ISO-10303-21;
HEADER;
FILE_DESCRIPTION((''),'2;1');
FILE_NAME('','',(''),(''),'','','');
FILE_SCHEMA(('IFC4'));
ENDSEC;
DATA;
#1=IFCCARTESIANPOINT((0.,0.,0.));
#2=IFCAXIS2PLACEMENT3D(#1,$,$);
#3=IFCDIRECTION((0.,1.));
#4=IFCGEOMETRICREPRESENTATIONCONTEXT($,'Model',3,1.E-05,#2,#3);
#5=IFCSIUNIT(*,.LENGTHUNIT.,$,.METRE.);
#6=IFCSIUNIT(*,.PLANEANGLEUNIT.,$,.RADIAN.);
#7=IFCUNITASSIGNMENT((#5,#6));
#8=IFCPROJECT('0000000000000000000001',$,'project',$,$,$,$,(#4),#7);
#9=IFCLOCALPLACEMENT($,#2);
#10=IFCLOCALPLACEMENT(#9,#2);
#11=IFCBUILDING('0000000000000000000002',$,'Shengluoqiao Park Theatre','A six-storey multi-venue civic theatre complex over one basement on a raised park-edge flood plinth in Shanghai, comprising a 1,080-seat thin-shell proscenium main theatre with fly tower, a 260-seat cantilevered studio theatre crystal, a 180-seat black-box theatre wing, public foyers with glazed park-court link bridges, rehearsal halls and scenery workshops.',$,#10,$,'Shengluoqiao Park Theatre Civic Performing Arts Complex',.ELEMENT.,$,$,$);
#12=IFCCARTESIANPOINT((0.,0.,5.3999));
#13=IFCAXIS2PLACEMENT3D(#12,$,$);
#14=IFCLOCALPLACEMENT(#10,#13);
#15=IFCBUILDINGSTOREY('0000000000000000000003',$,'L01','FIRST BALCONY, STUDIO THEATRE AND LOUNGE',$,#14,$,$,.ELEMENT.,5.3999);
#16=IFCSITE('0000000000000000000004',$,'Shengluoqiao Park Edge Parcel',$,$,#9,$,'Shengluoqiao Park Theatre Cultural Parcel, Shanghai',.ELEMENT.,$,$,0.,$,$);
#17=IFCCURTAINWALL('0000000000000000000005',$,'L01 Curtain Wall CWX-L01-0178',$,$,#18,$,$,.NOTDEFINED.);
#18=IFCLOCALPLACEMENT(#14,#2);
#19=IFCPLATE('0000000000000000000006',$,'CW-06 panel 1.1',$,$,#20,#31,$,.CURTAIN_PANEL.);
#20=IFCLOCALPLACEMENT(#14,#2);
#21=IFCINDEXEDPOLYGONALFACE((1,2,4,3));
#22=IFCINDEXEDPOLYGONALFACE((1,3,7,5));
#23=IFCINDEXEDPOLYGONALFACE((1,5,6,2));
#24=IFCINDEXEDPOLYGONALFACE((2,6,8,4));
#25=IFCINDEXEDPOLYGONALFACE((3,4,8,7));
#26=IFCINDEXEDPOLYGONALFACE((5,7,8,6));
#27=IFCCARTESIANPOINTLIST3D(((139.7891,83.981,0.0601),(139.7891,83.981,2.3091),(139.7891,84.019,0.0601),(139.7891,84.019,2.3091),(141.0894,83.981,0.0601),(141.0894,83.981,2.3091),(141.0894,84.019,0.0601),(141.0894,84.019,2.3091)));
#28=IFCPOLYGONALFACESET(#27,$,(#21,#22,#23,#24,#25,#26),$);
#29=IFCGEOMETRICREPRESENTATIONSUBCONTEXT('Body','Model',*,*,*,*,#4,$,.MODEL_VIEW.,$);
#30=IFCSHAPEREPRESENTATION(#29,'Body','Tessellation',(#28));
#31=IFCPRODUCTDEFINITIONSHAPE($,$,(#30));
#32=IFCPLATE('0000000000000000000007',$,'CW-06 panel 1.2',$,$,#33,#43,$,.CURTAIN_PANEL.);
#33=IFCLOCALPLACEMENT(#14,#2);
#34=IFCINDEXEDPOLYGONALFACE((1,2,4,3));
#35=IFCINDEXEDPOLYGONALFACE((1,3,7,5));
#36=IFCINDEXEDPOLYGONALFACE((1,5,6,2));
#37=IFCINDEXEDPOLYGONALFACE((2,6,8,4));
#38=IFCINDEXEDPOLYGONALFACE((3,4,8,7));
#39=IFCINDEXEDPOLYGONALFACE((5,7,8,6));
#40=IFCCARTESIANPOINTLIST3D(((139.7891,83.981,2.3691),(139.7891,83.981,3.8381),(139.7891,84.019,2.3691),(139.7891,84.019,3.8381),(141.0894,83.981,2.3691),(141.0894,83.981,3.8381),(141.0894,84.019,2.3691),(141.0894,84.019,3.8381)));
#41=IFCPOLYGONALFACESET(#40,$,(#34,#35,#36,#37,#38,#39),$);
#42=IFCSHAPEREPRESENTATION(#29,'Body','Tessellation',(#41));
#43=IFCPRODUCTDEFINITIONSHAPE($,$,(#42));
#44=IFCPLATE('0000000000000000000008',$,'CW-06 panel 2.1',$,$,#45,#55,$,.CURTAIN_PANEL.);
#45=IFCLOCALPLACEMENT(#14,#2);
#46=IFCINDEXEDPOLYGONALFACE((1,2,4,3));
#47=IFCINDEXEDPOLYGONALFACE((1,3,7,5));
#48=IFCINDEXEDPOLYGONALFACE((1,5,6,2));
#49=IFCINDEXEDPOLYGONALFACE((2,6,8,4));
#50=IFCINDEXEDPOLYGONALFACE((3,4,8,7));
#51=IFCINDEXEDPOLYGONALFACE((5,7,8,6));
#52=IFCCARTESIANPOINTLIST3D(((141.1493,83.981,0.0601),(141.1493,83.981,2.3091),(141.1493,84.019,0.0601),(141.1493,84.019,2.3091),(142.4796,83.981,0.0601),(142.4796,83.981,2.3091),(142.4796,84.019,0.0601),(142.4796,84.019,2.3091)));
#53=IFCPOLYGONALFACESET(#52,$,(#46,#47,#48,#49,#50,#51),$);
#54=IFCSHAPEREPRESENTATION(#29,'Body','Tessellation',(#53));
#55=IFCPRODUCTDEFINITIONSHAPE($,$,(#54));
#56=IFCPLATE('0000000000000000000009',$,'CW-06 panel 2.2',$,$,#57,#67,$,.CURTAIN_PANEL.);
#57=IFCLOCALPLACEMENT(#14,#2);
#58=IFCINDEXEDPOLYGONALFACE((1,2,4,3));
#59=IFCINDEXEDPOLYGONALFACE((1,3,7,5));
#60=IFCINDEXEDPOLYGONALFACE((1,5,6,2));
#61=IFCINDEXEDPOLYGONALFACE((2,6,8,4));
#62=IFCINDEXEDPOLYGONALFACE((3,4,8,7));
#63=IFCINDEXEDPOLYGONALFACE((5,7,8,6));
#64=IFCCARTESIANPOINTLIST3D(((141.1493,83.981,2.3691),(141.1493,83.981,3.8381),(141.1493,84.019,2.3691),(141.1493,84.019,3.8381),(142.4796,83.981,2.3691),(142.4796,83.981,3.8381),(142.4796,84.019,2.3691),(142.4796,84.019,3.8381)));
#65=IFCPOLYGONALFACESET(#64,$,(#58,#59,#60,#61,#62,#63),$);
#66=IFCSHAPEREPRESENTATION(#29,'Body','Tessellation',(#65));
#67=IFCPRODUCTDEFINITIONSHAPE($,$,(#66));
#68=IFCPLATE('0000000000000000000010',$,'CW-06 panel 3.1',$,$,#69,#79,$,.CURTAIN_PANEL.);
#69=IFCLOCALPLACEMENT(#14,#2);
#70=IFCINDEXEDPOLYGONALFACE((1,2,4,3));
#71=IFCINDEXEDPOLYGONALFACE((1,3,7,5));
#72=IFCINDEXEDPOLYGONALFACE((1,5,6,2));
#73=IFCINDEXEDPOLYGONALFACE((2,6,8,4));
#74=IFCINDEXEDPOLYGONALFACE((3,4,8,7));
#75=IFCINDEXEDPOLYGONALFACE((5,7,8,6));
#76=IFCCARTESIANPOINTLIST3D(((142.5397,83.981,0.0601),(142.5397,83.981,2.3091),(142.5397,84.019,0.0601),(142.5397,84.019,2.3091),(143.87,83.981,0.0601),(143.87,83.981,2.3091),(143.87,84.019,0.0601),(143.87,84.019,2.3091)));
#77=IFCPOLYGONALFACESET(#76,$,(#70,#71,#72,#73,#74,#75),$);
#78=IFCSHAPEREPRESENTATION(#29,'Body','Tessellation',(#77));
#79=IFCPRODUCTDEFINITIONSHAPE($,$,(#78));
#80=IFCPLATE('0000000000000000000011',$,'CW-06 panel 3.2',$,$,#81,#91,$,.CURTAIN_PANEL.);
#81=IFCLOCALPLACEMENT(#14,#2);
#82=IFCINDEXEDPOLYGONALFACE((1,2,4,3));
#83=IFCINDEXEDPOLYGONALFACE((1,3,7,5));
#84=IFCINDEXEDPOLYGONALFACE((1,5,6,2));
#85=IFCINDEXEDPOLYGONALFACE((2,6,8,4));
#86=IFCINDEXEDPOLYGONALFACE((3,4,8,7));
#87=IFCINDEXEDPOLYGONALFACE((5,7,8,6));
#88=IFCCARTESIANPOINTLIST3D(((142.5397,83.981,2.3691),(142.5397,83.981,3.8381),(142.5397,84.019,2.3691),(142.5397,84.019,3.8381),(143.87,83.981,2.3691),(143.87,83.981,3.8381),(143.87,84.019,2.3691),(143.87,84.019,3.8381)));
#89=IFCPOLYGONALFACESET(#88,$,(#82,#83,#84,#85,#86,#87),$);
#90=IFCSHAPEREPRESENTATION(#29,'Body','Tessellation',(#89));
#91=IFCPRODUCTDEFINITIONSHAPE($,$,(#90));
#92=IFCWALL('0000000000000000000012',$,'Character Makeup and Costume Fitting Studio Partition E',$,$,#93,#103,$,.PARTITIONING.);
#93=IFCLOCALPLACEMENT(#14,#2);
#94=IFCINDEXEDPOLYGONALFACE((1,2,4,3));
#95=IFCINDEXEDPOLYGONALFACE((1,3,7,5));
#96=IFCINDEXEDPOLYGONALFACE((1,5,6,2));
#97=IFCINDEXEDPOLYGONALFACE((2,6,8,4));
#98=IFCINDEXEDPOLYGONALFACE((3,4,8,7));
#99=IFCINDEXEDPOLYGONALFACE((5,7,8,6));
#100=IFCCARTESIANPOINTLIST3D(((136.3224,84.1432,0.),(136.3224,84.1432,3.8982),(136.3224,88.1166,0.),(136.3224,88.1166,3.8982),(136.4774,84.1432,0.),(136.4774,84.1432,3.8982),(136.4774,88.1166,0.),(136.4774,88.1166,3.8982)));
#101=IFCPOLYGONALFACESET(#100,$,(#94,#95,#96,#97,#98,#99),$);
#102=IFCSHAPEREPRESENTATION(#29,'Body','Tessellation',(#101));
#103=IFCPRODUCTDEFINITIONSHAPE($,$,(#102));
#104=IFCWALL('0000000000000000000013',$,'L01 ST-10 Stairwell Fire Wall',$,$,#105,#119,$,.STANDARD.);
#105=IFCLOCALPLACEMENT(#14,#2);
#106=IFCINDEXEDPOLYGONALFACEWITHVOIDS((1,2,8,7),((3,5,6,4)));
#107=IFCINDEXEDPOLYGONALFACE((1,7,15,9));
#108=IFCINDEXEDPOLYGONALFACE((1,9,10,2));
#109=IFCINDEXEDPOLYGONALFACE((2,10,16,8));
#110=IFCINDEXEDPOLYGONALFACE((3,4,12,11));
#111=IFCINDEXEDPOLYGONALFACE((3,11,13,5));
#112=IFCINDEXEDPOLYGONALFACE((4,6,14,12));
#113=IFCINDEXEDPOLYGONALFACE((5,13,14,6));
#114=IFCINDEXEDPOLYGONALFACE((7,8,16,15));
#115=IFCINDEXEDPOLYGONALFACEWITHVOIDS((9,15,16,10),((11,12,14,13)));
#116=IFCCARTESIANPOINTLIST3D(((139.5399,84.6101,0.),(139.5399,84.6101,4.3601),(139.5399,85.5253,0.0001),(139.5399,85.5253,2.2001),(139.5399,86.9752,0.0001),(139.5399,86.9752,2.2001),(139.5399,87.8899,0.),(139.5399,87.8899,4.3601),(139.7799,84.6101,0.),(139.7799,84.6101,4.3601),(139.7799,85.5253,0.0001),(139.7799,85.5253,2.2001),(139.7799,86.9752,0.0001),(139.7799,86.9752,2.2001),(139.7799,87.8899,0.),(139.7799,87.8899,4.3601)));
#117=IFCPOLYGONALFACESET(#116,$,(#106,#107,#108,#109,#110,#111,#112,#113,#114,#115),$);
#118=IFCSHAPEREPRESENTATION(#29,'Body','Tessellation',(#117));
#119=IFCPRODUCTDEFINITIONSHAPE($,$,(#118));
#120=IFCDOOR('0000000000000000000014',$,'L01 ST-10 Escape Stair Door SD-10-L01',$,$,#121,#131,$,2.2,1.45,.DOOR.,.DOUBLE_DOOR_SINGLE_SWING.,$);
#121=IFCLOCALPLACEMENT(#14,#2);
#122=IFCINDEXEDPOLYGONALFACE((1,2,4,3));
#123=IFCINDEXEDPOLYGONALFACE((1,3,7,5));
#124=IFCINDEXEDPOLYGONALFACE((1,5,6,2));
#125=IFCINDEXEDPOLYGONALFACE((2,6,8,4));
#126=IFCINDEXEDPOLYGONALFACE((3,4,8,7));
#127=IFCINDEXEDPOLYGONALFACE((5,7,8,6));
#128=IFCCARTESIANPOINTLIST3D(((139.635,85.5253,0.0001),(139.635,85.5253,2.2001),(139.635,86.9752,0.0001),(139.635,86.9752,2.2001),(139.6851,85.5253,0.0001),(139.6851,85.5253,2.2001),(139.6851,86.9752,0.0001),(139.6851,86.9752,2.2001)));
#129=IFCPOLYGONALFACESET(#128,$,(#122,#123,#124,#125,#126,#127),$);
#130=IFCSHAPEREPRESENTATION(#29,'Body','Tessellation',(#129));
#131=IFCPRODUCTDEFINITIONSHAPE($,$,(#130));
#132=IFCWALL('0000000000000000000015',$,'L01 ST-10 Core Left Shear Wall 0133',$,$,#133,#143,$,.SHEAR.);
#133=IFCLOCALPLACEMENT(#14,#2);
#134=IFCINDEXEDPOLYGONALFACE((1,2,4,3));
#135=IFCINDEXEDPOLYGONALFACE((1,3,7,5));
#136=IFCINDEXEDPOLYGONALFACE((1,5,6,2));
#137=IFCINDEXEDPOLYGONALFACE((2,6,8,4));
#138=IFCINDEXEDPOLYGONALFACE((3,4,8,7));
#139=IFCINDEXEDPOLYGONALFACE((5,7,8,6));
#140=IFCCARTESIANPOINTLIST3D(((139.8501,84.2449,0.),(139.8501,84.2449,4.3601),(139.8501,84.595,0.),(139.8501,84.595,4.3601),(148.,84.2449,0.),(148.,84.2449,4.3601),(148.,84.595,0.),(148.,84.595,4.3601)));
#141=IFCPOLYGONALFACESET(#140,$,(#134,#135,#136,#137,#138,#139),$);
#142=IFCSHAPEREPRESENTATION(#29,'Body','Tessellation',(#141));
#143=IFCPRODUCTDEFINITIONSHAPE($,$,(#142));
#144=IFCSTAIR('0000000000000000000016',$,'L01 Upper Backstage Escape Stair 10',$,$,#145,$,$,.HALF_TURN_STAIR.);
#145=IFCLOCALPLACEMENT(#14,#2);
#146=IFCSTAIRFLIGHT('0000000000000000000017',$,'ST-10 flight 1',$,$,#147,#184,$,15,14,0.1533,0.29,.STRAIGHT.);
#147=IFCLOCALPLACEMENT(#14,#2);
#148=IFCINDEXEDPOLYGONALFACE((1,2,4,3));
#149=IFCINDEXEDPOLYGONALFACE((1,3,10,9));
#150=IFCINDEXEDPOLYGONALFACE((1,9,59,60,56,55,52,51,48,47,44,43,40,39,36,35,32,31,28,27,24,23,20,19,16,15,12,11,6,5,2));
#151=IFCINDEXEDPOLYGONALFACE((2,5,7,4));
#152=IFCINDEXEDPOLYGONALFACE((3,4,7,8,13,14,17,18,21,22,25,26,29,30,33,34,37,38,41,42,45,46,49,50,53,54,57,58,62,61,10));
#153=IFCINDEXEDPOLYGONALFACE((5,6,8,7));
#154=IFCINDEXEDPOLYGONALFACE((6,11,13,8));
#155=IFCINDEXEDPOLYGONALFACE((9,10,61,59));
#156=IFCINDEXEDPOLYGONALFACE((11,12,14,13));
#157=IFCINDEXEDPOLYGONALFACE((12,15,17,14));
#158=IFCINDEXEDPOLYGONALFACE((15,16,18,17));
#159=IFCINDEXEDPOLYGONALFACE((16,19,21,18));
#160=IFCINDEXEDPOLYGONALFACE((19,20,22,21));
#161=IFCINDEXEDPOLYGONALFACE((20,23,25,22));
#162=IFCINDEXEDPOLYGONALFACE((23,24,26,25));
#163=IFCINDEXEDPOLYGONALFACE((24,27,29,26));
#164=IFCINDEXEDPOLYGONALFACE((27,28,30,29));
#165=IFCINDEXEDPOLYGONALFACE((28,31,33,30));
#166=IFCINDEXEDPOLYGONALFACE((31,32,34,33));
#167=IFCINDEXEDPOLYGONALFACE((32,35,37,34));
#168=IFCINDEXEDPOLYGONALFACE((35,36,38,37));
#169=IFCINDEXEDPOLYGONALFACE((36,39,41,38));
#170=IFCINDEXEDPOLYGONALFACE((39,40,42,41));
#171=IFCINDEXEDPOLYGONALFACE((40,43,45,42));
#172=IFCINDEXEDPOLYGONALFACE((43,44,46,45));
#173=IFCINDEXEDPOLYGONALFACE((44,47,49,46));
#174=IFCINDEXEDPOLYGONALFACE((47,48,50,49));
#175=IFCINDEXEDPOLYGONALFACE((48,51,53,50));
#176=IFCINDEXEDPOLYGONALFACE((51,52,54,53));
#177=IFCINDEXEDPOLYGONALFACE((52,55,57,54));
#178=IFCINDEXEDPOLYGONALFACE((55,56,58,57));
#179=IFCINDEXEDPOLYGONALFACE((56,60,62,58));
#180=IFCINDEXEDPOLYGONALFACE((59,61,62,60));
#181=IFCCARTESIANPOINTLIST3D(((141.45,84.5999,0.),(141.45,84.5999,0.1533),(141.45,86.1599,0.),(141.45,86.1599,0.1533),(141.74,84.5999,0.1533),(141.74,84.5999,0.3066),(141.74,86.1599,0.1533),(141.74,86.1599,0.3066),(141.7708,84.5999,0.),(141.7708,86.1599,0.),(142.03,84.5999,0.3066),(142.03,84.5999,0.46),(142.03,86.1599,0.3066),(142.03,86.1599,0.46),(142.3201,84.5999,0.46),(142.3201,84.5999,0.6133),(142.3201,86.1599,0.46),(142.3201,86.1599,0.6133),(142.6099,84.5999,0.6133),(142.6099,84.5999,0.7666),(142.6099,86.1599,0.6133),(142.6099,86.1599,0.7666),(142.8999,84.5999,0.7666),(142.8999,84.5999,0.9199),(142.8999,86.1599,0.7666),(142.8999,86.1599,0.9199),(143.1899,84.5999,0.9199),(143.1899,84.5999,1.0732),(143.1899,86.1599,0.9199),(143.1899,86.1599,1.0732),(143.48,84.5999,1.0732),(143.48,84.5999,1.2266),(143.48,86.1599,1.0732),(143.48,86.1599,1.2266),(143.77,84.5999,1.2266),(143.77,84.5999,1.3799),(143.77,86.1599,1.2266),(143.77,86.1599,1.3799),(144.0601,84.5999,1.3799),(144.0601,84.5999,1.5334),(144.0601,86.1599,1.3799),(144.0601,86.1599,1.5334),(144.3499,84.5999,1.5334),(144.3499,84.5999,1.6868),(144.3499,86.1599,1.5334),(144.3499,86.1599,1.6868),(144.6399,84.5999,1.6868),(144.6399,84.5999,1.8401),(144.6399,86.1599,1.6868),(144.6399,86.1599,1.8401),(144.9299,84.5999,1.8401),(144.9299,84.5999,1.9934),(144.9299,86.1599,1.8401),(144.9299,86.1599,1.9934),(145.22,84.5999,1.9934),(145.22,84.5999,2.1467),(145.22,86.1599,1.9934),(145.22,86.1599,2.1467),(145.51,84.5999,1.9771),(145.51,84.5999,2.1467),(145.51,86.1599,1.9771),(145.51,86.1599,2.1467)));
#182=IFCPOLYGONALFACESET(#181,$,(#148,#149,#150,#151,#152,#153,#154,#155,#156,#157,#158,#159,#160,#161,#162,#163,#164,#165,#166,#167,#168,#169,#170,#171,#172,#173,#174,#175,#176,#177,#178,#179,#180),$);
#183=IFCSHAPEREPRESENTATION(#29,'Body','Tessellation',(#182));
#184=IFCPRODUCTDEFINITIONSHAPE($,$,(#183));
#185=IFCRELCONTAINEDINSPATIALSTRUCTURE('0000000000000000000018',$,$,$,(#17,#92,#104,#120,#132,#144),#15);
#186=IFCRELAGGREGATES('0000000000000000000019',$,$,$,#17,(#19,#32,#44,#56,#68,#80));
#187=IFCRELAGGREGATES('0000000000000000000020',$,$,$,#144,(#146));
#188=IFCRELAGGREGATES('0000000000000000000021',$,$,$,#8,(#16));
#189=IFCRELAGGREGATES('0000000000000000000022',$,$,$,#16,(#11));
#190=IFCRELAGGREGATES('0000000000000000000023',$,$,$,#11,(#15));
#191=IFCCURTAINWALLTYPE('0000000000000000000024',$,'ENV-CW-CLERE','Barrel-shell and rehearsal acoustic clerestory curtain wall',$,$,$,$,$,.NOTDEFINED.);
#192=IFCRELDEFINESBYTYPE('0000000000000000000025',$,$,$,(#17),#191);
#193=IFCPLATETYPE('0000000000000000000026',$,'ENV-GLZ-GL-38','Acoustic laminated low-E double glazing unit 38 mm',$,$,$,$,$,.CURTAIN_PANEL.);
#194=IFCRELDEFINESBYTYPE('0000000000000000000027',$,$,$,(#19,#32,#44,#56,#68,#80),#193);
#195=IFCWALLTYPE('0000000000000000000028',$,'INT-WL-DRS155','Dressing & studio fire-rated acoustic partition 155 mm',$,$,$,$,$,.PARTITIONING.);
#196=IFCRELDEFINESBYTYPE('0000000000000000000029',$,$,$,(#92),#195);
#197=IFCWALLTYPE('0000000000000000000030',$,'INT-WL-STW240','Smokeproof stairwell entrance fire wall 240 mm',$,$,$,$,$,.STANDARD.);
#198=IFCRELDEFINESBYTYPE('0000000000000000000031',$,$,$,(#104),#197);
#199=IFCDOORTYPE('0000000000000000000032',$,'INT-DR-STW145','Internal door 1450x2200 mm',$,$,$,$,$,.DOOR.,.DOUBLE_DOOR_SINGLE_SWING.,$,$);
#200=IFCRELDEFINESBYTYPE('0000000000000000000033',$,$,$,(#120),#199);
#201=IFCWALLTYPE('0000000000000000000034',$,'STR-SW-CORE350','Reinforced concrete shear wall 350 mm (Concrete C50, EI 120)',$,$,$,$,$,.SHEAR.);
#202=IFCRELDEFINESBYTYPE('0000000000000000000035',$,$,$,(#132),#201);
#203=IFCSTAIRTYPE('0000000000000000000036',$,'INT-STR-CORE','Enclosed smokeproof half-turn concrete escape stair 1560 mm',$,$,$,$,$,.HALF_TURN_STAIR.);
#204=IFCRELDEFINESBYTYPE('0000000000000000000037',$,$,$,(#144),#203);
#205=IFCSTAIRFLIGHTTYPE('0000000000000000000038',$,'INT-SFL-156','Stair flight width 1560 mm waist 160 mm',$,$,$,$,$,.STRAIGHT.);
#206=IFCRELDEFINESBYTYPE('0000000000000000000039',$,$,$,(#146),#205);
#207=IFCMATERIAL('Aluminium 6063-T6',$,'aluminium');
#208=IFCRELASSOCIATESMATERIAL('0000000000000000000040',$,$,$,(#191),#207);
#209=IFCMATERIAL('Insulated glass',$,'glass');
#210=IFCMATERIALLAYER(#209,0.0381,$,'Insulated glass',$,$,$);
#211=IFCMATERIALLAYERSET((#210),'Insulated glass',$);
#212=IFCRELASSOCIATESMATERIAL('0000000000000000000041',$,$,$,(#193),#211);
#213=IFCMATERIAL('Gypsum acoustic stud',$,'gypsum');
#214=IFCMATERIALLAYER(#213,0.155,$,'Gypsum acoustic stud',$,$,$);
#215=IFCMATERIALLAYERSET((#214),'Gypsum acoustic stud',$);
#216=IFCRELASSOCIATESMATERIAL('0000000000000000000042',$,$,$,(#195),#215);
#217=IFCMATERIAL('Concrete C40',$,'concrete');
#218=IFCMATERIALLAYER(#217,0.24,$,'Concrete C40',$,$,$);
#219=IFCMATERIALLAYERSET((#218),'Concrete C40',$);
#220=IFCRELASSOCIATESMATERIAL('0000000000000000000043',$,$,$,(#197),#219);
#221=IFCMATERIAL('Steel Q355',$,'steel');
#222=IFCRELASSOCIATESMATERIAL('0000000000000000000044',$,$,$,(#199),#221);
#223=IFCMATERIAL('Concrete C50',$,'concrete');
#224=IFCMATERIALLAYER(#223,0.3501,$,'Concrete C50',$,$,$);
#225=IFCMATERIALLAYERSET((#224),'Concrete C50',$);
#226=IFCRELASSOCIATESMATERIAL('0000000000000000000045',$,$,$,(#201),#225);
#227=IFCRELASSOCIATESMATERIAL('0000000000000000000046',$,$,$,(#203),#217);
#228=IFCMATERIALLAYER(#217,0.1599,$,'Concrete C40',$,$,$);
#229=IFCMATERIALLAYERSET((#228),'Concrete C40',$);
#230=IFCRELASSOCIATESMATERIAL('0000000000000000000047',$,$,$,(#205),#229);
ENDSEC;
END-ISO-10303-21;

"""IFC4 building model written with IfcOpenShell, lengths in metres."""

from ifc_helpers import new_model, si_unit, direction, frame, frame_2d, origin, origin_2d, place, context, subcontext, project, spatial, polyline, rectangle, outline, extrude, material, layer, layer_set, type_object, element, fill, aggregate, save


model = new_model("IFC4")

# Units and contexts
model_context = context("Model", 3, precision=1e-05, world=origin(), true_north=direction((0.0, 1.0)))
body_context = subcontext(model_context, "Body", "Model", "MODEL_VIEW")
ifc_project = project(units=[si_unit("LENGTHUNIT", "METRE"), si_unit("PLANEANGLEUNIT", "RADIAN")], contexts=[model_context])

# Site, building, storey
site_placement = place(None, origin())
site = spatial("IfcSite", under=ifc_project, at=site_placement, Name="Shengluoqiao Park Edge Parcel", LongName="Shengluoqiao Park Theatre Cultural Parcel, Shanghai", CompositionType="ELEMENT", RefElevation=0.0)
building_placement = place(site_placement, origin())
building = spatial("IfcBuilding", under=site, at=building_placement, Name="Shengluoqiao Park Theatre", Description="A six-storey multi-venue civic theatre complex over one basement on a raised park-edge flood plinth in Shanghai, comprising a 1,080-seat thin-shell proscenium main theatre with fly tower, a 260-seat cantilevered studio theatre crystal, a 180-seat black-box theatre wing, public foyers with glazed park-court link bridges, rehearsal halls and scenery workshops.", LongName="Shengluoqiao Park Theatre Civic Performing Arts Complex", CompositionType="ELEMENT")
storey_placement = place(building_placement, frame((0.0, 0.0, 5.3999)))
storey = spatial("IfcBuildingStorey", under=building, at=storey_placement, Name="L01", Description="FIRST BALCONY, STUDIO THEATRE AND LOUNGE", CompositionType="ELEMENT", Elevation=5.3999)

# Shared definitions
ifc_material_1 = material(Name="Concrete C40", Category="concrete")

# Curtain wall
ifc_material_2 = material(Name="Aluminium 6063-T6", Category="aluminium")
curtain_wall_type = type_object("IfcCurtainWallType", Name="ENV-CW-CLERE", Description="Barrel-shell and rehearsal acoustic clerestory curtain wall", PredefinedType="NOTDEFINED", material=ifc_material_2)
curtain_wall_placement = place(storey_placement, origin())
curtain_wall = element("IfcCurtainWall", 1, at=curtain_wall_placement, inside=storey, type_object=curtain_wall_type, Name="L01 Curtain Wall CWX-L01-0178", PredefinedType="NOTDEFINED")

# Shared definitions
ifc_material_3 = material(Name="Steel Q355", Category="steel")

# Plates
ifc_material_4 = material(Name="Insulated glass", Category="glass")
ifc_layer_1 = layer(ifc_material_4, 0.0381, Name="Insulated glass")
ifc_layer_set_1 = layer_set([ifc_layer_1], Name="Insulated glass")
plate_type = type_object("IfcPlateType", Name="ENV-GLZ-GL-38", Description="Acoustic laminated low-E double glazing unit 38 mm", PredefinedType="CURTAIN_PANEL", material=ifc_layer_set_1)
plate_1_placement = place(storey_placement, frame((140.4392, 84.0, 0.0601), z_axis=(0.0, 0.0, 1.0), x_axis=(1.0, 0.0, 0.0)))
plate_1 = element("IfcPlate", 2, at=plate_1_placement, type_object=plate_type, Name="CW-06 panel 1.1", PredefinedType="CURTAIN_PANEL", context=body_context, shape_type="SweptSolid", body=[
    extrude(rectangle(XDim=1.3003, YDim=0.0381, at=origin_2d()), origin(), (0.0, 0.0, 1.0), 2.249),
])
plate_2_placement = place(storey_placement, frame((140.4392, 84.0, 2.3691), z_axis=(0.0, 0.0, 1.0), x_axis=(1.0, 0.0, 0.0)))
plate_2 = element("IfcPlate", 3, at=plate_2_placement, type_object=plate_type, Name="CW-06 panel 1.2", PredefinedType="CURTAIN_PANEL", context=body_context, shape_type="SweptSolid", body=[
    extrude(rectangle(XDim=1.3003, YDim=0.0381, at=origin_2d()), origin(), (0.0, 0.0, 1.0), 1.469),
])
plate_3_placement = place(storey_placement, frame((141.8145, 84.0, 0.0601), z_axis=(0.0, 0.0, 1.0), x_axis=(1.0, 0.0, 0.0)))
plate_3 = element("IfcPlate", 4, at=plate_3_placement, type_object=plate_type, Name="CW-06 panel 2.1", PredefinedType="CURTAIN_PANEL", context=body_context, shape_type="SweptSolid", body=[
    extrude(rectangle(XDim=1.3303, YDim=0.0381, at=origin_2d()), origin(), (0.0, 0.0, 1.0), 2.249),
])
plate_4_placement = place(storey_placement, frame((141.8145, 84.0, 2.3691), z_axis=(0.0, 0.0, 1.0), x_axis=(1.0, 0.0, 0.0)))
plate_4 = element("IfcPlate", 5, at=plate_4_placement, type_object=plate_type, Name="CW-06 panel 2.2", PredefinedType="CURTAIN_PANEL", context=body_context, shape_type="SweptSolid", body=[
    extrude(rectangle(XDim=1.3303, YDim=0.0381, at=origin_2d()), origin(), (0.0, 0.0, 1.0), 1.469),
])
plate_5_placement = place(storey_placement, frame((143.2048, 84.0, 0.0601), z_axis=(0.0, 0.0, 1.0), x_axis=(1.0, 0.0, 0.0)))
plate_5 = element("IfcPlate", 6, at=plate_5_placement, type_object=plate_type, Name="CW-06 panel 3.1", PredefinedType="CURTAIN_PANEL", context=body_context, shape_type="SweptSolid", body=[
    extrude(rectangle(XDim=1.3303, YDim=0.0381, at=origin_2d()), origin(), (0.0, 0.0, 1.0), 2.249),
])
plate_6_placement = place(storey_placement, frame((143.2048, 84.0, 2.3691), z_axis=(0.0, 0.0, 1.0), x_axis=(1.0, 0.0, 0.0)))
plate_6 = element("IfcPlate", 7, at=plate_6_placement, type_object=plate_type, Name="CW-06 panel 3.2", PredefinedType="CURTAIN_PANEL", context=body_context, shape_type="SweptSolid", body=[
    extrude(rectangle(XDim=1.3303, YDim=0.0381, at=origin_2d()), origin(), (0.0, 0.0, 1.0), 1.469),
])
aggregate(curtain_wall, [plate_1, plate_2, plate_3, plate_4, plate_5, plate_6])

# Wall
ifc_material_5 = material(Name="Gypsum acoustic stud", Category="gypsum")
ifc_layer_2 = layer(ifc_material_5, 0.155, Name="Gypsum acoustic stud")
ifc_layer_set_2 = layer_set([ifc_layer_2], Name="Gypsum acoustic stud")
wall_type_1 = type_object("IfcWallType", Name="INT-WL-DRS155", Description="Dressing & studio fire-rated acoustic partition 155 mm", PredefinedType="PARTITIONING", material=ifc_layer_set_2)
wall_1_placement = place(storey_placement, frame((136.3999, 84.1431, 0.0), z_axis=(0.0, 0.0, 1.0), x_axis=(0.0, 1.0, 0.0)))
element("IfcWall", 8, at=wall_1_placement, inside=storey, type_object=wall_type_1, Name="Character Makeup and Costume Fitting Studio Partition E", PredefinedType="PARTITIONING", context=body_context, shape_type="SweptSolid", body=[
    extrude(rectangle(XDim=3.9734, YDim=0.155, at=frame_2d((1.9868, 0.0))), origin(), (0.0, 0.0, 1.0), 3.8982),
])

# Wall, opening, door
ifc_layer_3 = layer(ifc_material_1, 0.24, Name="Concrete C40")
ifc_layer_set_3 = layer_set([ifc_layer_3], Name="Concrete C40")
wall_type_2 = type_object("IfcWallType", Name="INT-WL-STW240", Description="Smokeproof stairwell entrance fire wall 240 mm", PredefinedType="STANDARD", material=ifc_layer_set_3)
wall_2_placement = place(storey_placement, frame((139.6599, 84.6101, 0.0), z_axis=(0.0, 0.0, 1.0), x_axis=(0.0, 1.0, 0.0)))
wall_2 = element("IfcWall", 9, at=wall_2_placement, inside=storey, type_object=wall_type_2, Name="L01 ST-10 Stairwell Fire Wall", PredefinedType="STANDARD", context=body_context, shape_type="SweptSolid", body=[
    extrude(rectangle(XDim=3.2798, YDim=0.24, at=frame_2d((1.6399, 0.0))), origin(), (0.0, 0.0, 1.0), 4.3601),
])
opening_placement = place(wall_2_placement, frame((0.915, 0.0, 0.0)))
opening = element("IfcOpeningElement", 10, at=opening_placement, cuts=wall_2, PredefinedType="OPENING", context=body_context, shape_type="SweptSolid", body=[
    extrude(rectangle(XDim=1.45, YDim=2.2, at=frame_2d((0.7251, 1.1001))), frame((0.0, 0.1299, 0.0), z_axis=(0.0, -1.0, 0.0), x_axis=(1.0, 0.0, 0.0)), (0.0, 0.0, 1.0), 0.26),
])
door_type = type_object("IfcDoorType", Name="INT-DR-STW145", Description="Internal door 1450x2200 mm", OperationType="DOUBLE_DOOR_SINGLE_SWING", PredefinedType="DOOR", material=ifc_material_3)
door_placement = place(opening_placement, origin())
door = element("IfcDoor", 11, at=door_placement, inside=storey, type_object=door_type, Name="L01 ST-10 Escape Stair Door SD-10-L01", OperationType="DOUBLE_DOOR_SINGLE_SWING", OverallHeight=2.2, OverallWidth=1.45, PredefinedType="DOOR", context=body_context, shape_type="SweptSolid", body=[
    extrude(rectangle(XDim=1.45, YDim=2.2, at=frame_2d((0.7251, 1.1001))), frame((0.0, 0.0249, 0.0), z_axis=(0.0, -1.0, 0.0), x_axis=(1.0, 0.0, 0.0)), (0.0, 0.0, 1.0), 0.05),
])
fill(opening, door)

# Wall
ifc_material_6 = material(Name="Concrete C50", Category="concrete")
ifc_layer_4 = layer(ifc_material_6, 0.3501, Name="Concrete C50")
ifc_layer_set_4 = layer_set([ifc_layer_4], Name="Concrete C50")
wall_type_3 = type_object("IfcWallType", Name="STR-SW-CORE350", Description="Reinforced concrete shear wall 350 mm (Concrete C50, EI 120)", PredefinedType="SHEAR", material=ifc_layer_set_4)
wall_3_placement = place(storey_placement, frame((139.8501, 84.4199, 0.0), z_axis=(0.0, 0.0, 1.0), x_axis=(1.0, 0.0, 0.0)))
element("IfcWall", 12, at=wall_3_placement, inside=storey, type_object=wall_type_3, Name="L01 ST-10 Core Left Shear Wall 0133", PredefinedType="SHEAR", context=body_context, shape_type="SweptSolid", body=[
    extrude(rectangle(XDim=8.1499, YDim=0.3501, at=frame_2d((4.075, 0.0))), origin(), (0.0, 0.0, 1.0), 4.3601),
])

# Stair, stair flight
stair_type = type_object("IfcStairType", Name="INT-STR-CORE", Description="Enclosed smokeproof half-turn concrete escape stair 1560 mm", PredefinedType="HALF_TURN_STAIR", material=ifc_material_1)
stair_placement = place(storey_placement, origin())
stair = element("IfcStair", 13, at=stair_placement, inside=storey, type_object=stair_type, Name="L01 Upper Backstage Escape Stair 10", PredefinedType="HALF_TURN_STAIR")
ifc_layer_5 = layer(ifc_material_1, 0.1599, Name="Concrete C40")
ifc_layer_set_5 = layer_set([ifc_layer_5], Name="Concrete C40")
stair_flight_type = type_object("IfcStairFlightType", Name="INT-SFL-156", Description="Stair flight width 1560 mm waist 160 mm", PredefinedType="STRAIGHT", material=ifc_layer_set_5)
stair_flight_placement = place(storey_placement, frame((141.45, 85.3799, 0.0), z_axis=(0.0, 0.0, 1.0), x_axis=(1.0, 0.0, 0.0)))
stair_flight = element("IfcStairFlight", 14, at=stair_flight_placement, type_object=stair_flight_type, Name="ST-10 flight 1", NumberOfRisers=15, NumberOfTreads=14, PredefinedType="STRAIGHT", RiserHeight=0.1533, TreadLength=0.29, context=body_context, shape_type="SweptSolid", body=[
    extrude(outline(polyline([(0.0, 0.0), (0.0, 0.1533), (0.29, 0.1533), (0.29, 0.3066), (0.5801, 0.3066), (0.5801, 0.46), (0.8701, 0.46), (0.8701, 0.6133), (1.1599, 0.6133), (1.1599, 0.7666), (1.45, 0.7666), (1.45, 0.9199), (1.74, 0.9199), (1.74, 1.0732), (2.03, 1.0732), (2.03, 1.2266), (2.3201, 1.2266), (2.3201, 1.3799), (2.6101, 1.3799), (2.6101, 1.5334), (2.8999, 1.5334), (2.8999, 1.6868), (3.1899, 1.6868), (3.1899, 1.8401), (3.48, 1.8401), (3.48, 1.9934), (3.77, 1.9934), (3.77, 2.1467), (4.0601, 2.1467), (4.0601, 2.3), (4.0601, 1.9771), (0.3208, 0.0), (0.0, 0.0)])), frame((0.0, 0.78, 0.0), z_axis=(0.0, -1.0, 0.0), x_axis=(1.0, 0.0, 0.0)), (0.0, 0.0, 1.0), 1.5601),
])
aggregate(stair, [stair_flight])

save(model, "model.ifc")
